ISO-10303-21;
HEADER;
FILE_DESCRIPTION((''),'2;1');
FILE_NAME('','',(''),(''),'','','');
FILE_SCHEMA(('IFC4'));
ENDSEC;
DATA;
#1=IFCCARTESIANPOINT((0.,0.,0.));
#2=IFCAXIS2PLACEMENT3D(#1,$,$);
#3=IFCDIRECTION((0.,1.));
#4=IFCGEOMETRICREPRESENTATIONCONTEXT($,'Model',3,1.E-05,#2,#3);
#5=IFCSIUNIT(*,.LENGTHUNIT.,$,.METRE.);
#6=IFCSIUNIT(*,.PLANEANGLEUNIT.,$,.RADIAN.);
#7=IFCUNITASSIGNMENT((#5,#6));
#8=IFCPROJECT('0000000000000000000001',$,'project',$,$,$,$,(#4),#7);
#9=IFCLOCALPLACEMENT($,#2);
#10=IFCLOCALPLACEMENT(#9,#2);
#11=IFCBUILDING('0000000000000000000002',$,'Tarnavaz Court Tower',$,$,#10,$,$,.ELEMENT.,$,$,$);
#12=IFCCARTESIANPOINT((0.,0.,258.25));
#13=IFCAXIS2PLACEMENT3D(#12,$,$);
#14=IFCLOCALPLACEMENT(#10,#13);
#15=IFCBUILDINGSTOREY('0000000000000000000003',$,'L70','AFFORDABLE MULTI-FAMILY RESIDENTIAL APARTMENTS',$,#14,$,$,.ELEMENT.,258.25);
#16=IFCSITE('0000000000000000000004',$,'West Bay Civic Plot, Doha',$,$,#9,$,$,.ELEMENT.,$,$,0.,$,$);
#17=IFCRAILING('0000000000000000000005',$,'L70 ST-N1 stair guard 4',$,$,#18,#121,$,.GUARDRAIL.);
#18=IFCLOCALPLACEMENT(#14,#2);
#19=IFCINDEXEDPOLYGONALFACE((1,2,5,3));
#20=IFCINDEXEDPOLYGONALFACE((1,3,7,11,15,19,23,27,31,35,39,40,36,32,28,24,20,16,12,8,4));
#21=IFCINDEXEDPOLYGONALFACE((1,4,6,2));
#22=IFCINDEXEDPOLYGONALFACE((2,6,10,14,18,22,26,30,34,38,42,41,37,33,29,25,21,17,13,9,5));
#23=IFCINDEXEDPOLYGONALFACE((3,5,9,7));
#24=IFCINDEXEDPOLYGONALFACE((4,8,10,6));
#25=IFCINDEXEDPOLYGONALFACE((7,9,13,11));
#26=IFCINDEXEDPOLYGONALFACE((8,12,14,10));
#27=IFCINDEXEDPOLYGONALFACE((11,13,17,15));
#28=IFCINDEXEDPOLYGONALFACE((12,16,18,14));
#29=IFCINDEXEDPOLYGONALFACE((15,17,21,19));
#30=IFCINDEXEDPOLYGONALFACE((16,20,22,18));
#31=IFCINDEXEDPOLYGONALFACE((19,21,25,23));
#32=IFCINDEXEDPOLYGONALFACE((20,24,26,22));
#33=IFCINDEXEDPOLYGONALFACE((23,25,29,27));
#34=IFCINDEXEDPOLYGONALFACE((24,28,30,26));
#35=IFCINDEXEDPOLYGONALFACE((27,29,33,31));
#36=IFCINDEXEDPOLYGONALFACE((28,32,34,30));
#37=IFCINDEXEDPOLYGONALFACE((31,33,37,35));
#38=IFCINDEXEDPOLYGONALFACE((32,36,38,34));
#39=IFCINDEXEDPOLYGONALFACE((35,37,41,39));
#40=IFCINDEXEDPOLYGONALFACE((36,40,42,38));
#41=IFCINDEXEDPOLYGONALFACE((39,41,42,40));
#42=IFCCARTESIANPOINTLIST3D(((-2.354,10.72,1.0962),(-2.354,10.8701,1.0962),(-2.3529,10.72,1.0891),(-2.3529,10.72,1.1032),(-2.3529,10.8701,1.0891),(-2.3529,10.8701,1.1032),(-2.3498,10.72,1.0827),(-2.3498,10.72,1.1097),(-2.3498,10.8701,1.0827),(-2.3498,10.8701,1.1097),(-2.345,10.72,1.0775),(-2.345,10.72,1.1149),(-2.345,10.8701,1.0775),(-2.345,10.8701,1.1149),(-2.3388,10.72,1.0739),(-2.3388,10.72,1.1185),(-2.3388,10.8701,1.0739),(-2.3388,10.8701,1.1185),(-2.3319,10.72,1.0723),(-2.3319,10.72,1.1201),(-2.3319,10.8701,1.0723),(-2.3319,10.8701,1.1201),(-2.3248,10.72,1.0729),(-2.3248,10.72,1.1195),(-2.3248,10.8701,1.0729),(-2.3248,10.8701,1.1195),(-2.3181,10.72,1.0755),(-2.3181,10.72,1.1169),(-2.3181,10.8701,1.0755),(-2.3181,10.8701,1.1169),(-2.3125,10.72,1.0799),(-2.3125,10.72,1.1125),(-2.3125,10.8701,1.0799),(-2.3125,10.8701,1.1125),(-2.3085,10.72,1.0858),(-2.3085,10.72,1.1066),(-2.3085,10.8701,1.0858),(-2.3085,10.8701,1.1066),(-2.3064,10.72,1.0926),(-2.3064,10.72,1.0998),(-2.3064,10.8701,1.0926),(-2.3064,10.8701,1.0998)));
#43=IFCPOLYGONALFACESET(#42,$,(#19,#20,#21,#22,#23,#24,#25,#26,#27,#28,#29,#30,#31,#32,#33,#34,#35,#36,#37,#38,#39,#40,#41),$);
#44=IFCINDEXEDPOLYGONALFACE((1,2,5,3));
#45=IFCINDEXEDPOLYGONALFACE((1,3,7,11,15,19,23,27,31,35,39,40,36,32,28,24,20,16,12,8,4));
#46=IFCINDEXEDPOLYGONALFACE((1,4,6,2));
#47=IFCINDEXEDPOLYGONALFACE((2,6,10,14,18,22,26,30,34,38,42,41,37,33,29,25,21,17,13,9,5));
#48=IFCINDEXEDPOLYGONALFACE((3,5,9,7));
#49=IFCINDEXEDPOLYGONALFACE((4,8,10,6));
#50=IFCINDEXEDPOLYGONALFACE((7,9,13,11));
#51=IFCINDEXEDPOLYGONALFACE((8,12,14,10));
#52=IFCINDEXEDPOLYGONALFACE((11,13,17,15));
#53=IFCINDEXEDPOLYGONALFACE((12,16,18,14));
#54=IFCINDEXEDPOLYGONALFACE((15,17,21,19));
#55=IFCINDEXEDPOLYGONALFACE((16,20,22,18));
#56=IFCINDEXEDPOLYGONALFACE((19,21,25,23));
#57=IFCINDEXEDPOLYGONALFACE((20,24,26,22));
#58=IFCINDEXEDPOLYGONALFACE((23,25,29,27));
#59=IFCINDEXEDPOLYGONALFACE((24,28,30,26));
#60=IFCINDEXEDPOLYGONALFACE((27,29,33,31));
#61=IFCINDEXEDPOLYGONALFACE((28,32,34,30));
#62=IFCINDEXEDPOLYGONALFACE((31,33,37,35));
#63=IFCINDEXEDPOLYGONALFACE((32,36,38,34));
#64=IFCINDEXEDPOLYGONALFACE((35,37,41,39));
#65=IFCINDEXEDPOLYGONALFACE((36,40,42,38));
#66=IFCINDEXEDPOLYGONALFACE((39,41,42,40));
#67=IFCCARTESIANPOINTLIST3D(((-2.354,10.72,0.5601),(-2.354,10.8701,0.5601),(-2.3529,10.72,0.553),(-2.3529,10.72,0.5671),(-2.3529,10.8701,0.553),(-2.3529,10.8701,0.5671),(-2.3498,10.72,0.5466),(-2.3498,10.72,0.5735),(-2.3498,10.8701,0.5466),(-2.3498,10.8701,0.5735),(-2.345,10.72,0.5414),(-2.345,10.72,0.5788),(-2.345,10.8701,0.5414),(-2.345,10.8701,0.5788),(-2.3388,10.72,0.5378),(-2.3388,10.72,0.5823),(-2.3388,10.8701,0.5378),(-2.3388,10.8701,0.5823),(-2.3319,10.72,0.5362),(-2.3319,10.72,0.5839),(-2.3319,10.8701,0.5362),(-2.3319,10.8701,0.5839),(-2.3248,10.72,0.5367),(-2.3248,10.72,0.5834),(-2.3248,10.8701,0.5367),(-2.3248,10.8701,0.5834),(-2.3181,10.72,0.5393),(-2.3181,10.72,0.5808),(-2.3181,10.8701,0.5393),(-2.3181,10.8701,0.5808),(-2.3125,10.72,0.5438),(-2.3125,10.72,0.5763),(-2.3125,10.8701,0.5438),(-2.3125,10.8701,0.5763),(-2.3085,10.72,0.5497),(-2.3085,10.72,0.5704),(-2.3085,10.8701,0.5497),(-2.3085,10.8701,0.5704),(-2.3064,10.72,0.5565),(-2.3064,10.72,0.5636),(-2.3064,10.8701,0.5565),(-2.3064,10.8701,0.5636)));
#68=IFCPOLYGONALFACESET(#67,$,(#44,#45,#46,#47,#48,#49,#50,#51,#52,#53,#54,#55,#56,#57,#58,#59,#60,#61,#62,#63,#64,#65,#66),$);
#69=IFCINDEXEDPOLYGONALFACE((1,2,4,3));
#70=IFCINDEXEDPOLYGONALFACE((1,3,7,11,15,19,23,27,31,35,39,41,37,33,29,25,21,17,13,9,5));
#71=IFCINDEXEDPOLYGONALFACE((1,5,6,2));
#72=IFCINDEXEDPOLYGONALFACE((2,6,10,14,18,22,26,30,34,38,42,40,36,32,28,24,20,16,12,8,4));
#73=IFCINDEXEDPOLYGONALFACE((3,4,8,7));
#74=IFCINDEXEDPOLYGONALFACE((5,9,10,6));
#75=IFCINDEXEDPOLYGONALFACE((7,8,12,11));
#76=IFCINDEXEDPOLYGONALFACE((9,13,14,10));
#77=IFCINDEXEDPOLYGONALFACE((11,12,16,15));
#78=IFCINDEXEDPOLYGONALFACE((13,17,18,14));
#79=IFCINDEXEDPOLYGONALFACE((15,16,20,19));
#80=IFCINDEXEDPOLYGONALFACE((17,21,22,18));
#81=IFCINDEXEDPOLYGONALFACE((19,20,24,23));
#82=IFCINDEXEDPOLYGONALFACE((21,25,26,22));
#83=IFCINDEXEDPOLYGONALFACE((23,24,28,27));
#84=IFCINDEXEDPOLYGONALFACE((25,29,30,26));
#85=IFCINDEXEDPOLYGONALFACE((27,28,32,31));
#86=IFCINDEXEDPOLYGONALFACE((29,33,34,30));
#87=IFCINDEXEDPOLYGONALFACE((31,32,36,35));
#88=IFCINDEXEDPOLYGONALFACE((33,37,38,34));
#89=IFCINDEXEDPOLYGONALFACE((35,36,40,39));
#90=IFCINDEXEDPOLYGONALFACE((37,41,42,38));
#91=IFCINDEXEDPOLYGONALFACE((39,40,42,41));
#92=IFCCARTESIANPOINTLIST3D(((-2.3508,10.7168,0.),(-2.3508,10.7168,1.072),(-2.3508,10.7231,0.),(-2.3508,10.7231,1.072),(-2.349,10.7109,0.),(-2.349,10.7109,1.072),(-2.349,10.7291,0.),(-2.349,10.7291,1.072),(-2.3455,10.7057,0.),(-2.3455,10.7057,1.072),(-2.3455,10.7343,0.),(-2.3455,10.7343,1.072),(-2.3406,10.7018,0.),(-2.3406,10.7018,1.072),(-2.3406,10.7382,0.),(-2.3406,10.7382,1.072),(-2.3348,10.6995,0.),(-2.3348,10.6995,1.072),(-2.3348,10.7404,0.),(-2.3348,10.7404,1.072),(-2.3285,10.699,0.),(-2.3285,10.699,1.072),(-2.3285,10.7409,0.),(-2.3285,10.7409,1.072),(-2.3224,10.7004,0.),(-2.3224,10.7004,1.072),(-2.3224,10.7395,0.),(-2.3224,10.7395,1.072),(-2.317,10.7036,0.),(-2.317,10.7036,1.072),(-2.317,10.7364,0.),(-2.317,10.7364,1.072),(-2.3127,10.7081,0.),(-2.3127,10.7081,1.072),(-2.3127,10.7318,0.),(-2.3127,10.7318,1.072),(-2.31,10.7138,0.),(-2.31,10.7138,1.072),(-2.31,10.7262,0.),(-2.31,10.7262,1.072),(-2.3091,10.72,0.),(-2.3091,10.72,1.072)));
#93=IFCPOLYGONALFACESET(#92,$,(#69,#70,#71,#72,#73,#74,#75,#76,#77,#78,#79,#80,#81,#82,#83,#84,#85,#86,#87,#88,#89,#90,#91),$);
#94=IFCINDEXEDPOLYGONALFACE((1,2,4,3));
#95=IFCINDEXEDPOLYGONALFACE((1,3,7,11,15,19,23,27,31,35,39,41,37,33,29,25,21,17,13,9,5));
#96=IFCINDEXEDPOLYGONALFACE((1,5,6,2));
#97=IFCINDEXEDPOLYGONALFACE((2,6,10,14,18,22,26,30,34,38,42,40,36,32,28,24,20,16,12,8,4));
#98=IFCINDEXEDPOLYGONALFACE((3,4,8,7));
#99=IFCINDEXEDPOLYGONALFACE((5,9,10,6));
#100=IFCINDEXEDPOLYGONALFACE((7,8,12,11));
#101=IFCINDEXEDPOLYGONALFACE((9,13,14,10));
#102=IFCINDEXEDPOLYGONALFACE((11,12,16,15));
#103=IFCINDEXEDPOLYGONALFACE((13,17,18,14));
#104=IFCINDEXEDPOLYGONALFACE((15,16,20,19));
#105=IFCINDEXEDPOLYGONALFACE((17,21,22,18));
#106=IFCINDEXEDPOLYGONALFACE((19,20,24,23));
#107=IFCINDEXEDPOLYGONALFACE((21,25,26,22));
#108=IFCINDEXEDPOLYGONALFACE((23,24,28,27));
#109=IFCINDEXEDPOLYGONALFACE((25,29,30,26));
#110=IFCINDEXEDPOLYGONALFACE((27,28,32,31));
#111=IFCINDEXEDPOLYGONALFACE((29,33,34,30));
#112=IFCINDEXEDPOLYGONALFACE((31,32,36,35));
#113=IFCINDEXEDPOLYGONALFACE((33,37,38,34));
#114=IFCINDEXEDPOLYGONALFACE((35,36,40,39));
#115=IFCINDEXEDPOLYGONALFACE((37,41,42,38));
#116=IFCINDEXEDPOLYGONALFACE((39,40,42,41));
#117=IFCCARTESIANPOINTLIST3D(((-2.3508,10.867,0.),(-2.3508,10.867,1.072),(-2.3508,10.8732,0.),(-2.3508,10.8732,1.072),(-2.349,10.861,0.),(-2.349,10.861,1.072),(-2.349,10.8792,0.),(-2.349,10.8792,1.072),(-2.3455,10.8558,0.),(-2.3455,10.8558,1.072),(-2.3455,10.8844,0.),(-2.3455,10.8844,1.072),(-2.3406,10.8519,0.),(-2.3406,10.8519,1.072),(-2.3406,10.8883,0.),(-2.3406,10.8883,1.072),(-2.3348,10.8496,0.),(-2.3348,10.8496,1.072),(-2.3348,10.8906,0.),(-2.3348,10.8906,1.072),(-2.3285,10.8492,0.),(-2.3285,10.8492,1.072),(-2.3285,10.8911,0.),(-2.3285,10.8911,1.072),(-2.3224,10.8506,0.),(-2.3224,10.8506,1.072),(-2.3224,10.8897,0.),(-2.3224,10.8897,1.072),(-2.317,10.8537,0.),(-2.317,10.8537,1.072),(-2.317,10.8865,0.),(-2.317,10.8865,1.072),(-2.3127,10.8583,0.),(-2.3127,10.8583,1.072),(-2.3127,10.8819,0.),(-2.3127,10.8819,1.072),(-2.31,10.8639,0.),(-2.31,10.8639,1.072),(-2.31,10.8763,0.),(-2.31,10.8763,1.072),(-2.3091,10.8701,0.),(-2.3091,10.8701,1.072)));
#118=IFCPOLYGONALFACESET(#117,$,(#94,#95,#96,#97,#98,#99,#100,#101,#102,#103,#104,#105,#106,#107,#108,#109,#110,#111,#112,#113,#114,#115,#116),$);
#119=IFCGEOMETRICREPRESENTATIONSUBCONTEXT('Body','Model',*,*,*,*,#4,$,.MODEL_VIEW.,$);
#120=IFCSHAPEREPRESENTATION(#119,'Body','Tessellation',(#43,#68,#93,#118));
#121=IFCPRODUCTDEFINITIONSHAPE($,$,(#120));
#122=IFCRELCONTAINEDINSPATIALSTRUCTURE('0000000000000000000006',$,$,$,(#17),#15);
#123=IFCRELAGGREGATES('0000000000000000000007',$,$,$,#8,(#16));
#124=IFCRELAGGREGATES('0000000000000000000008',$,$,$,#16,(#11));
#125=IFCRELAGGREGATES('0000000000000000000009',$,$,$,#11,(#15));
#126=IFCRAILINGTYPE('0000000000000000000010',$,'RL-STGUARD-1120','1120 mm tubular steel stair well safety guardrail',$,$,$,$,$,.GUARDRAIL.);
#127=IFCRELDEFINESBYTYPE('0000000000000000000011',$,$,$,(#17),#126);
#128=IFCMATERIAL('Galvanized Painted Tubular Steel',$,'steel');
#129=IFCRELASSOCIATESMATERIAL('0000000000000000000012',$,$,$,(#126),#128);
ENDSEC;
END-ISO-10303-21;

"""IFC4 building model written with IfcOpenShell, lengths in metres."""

from ifc_helpers import new_model, si_unit, direction, frame, origin, origin_2d, place, context, subcontext, project, spatial, circle, extrude, material, type_object, element, save


model = new_model("IFC4")

# Units and contexts
model_context = context("Model", 3, precision=1e-05, world=origin(), true_north=direction((0.0, 1.0)))
body_context = subcontext(model_context, "Body", "Model", "MODEL_VIEW")
ifc_project = project(units=[si_unit("LENGTHUNIT", "METRE"), si_unit("PLANEANGLEUNIT", "RADIAN")], contexts=[model_context])

# Site, building, storey
site_placement = place(None, origin())
site = spatial("IfcSite", under=ifc_project, at=site_placement, Name="West Bay Civic Plot, Doha", CompositionType="ELEMENT", RefElevation=0.0)
building_placement = place(site_placement, origin())
building = spatial("IfcBuilding", under=site, at=building_placement, Name="Tarnavaz Court Tower", CompositionType="ELEMENT")
storey_placement = place(building_placement, frame((0.0, 0.0, 258.25)))
storey = spatial("IfcBuildingStorey", under=building, at=storey_placement, Name="L70", Description="AFFORDABLE MULTI-FAMILY RESIDENTIAL APARTMENTS", CompositionType="ELEMENT", Elevation=258.25)

# Railing
ifc_material_1 = material(Name="Galvanized Painted Tubular Steel", Category="steel")
railing_type_1 = type_object("IfcRailingType", Name="RL-STGUARD-1120", Description="1120 mm tubular steel stair well safety guardrail", PredefinedType="GUARDRAIL", material=ifc_material_1)
railing_1_placement = place(storey_placement, frame((-2.3301, 10.72, 0.0)))
element("IfcRailing", 1, at=railing_1_placement, inside=storey, type_object=railing_type_1, Name="L70 ST-N1 stair guard 4", PredefinedType="GUARDRAIL", context=body_context, shape_type="SweptSolid", body=[
    extrude(circle(Radius=0.0239, at=origin_2d()), frame((0.0, 0.0, 1.0962), z_axis=(0.0, 1.0, 0.0), x_axis=(-1.0, 0.0, 0.0)), (0.0, 0.0, 1.0), 0.1501),
    extrude(circle(Radius=0.0239, at=origin_2d()), frame((0.0, 0.0, 0.5601), z_axis=(0.0, 1.0, 0.0), x_axis=(-1.0, 0.0, 0.0)), (0.0, 0.0, 1.0), 0.1501),
    extrude(circle(Radius=0.021, at=origin_2d()), origin(), (0.0, 0.0, 1.0), 1.072),
    extrude(circle(Radius=0.021, at=origin_2d()), frame((0.0, 0.1501, 0.0)), (0.0, 0.0, 1.0), 1.072),
])

save(model, "model.ifc")
